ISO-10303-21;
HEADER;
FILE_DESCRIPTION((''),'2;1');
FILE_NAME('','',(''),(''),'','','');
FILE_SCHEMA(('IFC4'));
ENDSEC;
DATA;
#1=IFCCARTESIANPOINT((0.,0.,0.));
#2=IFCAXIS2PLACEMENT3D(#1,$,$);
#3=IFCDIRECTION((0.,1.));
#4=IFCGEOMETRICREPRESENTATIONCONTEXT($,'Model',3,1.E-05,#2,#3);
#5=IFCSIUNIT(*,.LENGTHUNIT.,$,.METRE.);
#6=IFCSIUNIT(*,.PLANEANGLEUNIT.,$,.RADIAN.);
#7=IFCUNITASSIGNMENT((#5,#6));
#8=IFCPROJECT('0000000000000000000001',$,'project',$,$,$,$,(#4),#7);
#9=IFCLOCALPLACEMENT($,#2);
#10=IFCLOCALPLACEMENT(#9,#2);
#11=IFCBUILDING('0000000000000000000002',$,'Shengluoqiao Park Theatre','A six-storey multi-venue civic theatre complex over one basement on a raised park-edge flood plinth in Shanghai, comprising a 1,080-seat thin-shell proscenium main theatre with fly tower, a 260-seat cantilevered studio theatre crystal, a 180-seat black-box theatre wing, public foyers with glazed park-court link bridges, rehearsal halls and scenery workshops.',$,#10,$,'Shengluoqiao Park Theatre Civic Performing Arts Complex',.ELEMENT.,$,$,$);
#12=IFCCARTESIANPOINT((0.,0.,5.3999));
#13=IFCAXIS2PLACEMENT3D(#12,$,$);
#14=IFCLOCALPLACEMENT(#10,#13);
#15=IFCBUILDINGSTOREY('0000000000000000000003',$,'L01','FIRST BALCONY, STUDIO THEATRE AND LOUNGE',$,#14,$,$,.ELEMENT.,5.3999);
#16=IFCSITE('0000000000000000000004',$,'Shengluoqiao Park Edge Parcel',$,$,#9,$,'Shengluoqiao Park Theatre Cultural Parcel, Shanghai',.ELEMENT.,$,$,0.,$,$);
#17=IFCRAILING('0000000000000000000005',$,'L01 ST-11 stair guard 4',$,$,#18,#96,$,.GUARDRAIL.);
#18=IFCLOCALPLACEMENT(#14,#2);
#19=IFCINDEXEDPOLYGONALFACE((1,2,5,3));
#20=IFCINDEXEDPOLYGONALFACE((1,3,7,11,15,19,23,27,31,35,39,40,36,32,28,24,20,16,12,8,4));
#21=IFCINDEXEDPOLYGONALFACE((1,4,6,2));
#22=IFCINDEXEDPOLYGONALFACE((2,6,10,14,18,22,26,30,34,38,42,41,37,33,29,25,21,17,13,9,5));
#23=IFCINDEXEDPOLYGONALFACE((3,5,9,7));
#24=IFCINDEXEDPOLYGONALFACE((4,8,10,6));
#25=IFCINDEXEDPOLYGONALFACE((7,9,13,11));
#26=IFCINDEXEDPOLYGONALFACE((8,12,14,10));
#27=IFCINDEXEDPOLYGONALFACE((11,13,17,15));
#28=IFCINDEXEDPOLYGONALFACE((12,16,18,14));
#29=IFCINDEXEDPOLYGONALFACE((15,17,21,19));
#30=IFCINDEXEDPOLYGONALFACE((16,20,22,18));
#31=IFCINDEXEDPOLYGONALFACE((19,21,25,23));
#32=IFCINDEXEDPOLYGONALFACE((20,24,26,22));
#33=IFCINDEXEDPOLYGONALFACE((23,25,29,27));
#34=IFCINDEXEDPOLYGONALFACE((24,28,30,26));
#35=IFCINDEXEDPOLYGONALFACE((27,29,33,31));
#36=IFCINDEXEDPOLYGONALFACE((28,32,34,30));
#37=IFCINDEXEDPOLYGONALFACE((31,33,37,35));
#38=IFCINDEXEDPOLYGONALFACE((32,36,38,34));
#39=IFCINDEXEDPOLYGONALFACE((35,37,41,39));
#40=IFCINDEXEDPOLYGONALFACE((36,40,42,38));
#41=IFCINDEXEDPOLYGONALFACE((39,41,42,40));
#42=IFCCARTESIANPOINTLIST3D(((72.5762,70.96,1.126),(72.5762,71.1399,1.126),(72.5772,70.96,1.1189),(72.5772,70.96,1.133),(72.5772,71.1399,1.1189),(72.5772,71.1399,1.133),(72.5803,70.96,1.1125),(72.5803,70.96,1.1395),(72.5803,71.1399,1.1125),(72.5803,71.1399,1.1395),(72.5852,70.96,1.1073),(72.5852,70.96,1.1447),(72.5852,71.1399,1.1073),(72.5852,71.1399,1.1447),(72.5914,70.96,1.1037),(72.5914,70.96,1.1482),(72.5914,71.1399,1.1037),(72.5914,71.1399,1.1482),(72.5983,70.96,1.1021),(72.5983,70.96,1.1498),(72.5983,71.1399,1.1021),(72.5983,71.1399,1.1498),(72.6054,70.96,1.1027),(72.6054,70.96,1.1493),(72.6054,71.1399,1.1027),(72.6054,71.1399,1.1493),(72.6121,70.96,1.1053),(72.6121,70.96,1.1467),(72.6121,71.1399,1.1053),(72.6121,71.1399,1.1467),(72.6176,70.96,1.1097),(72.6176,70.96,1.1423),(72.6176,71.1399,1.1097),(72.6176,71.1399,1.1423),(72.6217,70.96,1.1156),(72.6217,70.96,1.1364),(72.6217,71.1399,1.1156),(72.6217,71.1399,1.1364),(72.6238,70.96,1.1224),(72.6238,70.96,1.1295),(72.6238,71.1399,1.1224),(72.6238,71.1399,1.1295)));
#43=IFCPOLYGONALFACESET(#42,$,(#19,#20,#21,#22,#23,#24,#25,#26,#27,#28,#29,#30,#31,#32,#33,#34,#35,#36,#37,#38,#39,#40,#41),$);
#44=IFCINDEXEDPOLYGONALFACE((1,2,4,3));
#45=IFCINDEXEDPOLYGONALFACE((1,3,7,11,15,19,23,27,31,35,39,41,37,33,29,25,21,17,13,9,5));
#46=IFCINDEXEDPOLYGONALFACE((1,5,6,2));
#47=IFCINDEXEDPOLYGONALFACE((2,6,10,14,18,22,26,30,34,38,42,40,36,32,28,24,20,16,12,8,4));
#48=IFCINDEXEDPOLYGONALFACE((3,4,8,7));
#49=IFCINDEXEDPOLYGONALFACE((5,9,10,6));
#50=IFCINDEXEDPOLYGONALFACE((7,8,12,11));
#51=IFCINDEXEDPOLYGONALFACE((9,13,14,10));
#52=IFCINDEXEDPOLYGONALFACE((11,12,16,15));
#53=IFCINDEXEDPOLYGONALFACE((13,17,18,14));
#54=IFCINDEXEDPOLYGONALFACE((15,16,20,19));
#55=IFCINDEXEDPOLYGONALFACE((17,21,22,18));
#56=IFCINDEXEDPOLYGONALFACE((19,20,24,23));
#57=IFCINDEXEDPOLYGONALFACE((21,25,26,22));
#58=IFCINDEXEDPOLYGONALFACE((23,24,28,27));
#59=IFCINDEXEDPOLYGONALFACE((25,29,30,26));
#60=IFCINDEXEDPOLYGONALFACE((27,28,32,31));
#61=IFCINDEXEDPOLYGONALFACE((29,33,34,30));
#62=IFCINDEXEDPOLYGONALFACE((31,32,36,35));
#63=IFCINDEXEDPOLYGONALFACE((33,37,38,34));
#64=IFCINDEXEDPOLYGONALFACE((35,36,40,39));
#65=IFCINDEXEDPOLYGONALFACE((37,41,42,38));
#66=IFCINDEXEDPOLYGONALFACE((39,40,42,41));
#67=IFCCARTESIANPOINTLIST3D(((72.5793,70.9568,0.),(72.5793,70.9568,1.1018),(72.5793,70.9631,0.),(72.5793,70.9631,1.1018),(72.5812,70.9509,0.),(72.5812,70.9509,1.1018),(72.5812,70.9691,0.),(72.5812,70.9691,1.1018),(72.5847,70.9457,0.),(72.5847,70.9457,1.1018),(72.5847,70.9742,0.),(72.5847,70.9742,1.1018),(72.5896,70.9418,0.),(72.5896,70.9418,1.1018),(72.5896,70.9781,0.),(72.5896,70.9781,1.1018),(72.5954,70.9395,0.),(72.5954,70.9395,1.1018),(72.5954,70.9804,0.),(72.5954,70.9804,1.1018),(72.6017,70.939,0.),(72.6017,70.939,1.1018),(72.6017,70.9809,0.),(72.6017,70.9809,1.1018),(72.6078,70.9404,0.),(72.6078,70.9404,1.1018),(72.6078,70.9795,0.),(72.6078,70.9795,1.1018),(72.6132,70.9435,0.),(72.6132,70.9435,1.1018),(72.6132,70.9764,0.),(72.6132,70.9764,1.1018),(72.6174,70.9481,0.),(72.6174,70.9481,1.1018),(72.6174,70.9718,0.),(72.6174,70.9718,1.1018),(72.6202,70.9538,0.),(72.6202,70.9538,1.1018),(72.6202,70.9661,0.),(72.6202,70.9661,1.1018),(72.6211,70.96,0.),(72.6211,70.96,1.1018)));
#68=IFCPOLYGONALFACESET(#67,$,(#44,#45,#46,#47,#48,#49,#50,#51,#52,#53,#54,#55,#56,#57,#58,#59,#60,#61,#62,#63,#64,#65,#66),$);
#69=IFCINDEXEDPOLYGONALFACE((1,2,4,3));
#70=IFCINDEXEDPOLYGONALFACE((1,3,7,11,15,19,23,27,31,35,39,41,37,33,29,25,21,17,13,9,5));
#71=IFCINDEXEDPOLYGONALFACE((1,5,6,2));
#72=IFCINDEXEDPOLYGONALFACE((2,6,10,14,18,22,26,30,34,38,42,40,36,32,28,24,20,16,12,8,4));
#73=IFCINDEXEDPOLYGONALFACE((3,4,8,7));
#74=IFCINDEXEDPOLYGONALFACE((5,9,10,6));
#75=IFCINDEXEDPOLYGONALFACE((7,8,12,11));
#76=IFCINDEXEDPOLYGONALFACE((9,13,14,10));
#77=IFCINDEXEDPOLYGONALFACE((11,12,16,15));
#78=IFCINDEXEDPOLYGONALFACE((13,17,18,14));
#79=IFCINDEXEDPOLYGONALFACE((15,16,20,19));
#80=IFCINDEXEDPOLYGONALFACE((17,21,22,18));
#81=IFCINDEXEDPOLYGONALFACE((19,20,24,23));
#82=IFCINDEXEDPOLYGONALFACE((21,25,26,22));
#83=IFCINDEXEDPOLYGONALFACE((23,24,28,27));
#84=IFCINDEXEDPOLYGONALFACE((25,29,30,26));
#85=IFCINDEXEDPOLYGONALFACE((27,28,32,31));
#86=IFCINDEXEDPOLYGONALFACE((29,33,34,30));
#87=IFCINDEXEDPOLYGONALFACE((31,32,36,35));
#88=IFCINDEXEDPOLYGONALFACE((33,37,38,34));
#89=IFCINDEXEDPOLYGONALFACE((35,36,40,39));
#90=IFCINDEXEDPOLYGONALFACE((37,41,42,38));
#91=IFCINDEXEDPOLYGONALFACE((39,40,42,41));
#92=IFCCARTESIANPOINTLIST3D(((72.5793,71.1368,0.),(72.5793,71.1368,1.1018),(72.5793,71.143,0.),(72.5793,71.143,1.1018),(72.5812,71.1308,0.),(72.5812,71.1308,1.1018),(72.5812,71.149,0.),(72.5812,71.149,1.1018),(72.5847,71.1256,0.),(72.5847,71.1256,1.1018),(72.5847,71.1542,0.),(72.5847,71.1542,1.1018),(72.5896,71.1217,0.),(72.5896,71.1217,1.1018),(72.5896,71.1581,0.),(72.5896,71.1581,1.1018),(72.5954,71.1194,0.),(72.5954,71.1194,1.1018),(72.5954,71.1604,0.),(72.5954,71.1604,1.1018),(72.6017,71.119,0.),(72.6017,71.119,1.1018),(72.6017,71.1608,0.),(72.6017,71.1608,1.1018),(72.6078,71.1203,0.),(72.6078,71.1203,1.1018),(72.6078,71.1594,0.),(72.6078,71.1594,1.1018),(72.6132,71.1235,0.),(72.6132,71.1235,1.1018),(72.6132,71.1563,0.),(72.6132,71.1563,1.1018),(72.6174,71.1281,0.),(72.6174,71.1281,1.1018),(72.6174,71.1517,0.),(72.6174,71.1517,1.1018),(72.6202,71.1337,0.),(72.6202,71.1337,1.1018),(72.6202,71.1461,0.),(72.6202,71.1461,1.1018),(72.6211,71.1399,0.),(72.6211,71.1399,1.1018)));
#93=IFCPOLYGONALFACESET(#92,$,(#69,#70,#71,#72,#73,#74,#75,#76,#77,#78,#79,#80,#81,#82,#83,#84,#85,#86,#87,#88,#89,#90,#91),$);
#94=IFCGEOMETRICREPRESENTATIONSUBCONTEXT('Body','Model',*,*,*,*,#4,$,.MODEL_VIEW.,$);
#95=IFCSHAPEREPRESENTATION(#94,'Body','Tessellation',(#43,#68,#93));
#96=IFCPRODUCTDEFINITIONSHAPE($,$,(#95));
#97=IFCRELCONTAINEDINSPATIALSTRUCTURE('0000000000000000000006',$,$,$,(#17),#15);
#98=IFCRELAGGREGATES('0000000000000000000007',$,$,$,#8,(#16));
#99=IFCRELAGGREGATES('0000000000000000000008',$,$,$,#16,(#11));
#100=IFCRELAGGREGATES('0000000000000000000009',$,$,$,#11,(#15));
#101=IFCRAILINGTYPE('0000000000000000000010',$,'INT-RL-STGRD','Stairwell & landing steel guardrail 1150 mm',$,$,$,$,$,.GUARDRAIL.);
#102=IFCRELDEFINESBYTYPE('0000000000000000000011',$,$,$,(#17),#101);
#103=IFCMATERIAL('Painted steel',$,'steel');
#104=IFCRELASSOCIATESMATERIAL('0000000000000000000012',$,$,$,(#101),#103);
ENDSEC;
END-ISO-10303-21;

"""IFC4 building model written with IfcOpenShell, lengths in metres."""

from ifc_helpers import new_model, si_unit, direction, frame, origin, origin_2d, place, context, subcontext, project, spatial, circle, extrude, material, type_object, element, save


model = new_model("IFC4")

# Units and contexts
model_context = context("Model", 3, precision=1e-05, world=origin(), true_north=direction((0.0, 1.0)))
body_context = subcontext(model_context, "Body", "Model", "MODEL_VIEW")
ifc_project = project(units=[si_unit("LENGTHUNIT", "METRE"), si_unit("PLANEANGLEUNIT", "RADIAN")], contexts=[model_context])

# Site, building, storey
site_placement = place(None, origin())
site = spatial("IfcSite", under=ifc_project, at=site_placement, Name="Shengluoqiao Park Edge Parcel", LongName="Shengluoqiao Park Theatre Cultural Parcel, Shanghai", CompositionType="ELEMENT", RefElevation=0.0)
building_placement = place(site_placement, origin())
building = spatial("IfcBuilding", under=site, at=building_placement, Name="Shengluoqiao Park Theatre", Description="A six-storey multi-venue civic theatre complex over one basement on a raised park-edge flood plinth in Shanghai, comprising a 1,080-seat thin-shell proscenium main theatre with fly tower, a 260-seat cantilevered studio theatre crystal, a 180-seat black-box theatre wing, public foyers with glazed park-court link bridges, rehearsal halls and scenery workshops.", LongName="Shengluoqiao Park Theatre Civic Performing Arts Complex", CompositionType="ELEMENT")
storey_placement = place(building_placement, frame((0.0, 0.0, 5.3999)))
storey = spatial("IfcBuildingStorey", under=building, at=storey_placement, Name="L01", Description="FIRST BALCONY, STUDIO THEATRE AND LOUNGE", CompositionType="ELEMENT", Elevation=5.3999)

# Railing
ifc_material_1 = material(Name="Painted steel", Category="steel")
railing_type_1 = type_object("IfcRailingType", Name="INT-RL-STGRD", Description="Stairwell & landing steel guardrail 1150 mm", PredefinedType="GUARDRAIL", material=ifc_material_1)
railing_1_placement = place(storey_placement, frame((72.6001, 70.96, 0.0)))
element("IfcRailing", 1, at=railing_1_placement, inside=storey, type_object=railing_type_1, Name="L01 ST-11 stair guard 4", PredefinedType="GUARDRAIL", context=body_context, shape_type="SweptSolid", body=[
    extrude(circle(Radius=0.0239, at=origin_2d()), frame((0.0, 0.0, 1.126), z_axis=(0.0, 1.0, 0.0), x_axis=(-1.0, 0.0, 0.0)), (0.0, 0.0, 1.0), 0.1799),
    extrude(circle(Radius=0.021, at=origin_2d()), origin(), (0.0, 0.0, 1.0), 1.1018),
    extrude(circle(Radius=0.021, at=origin_2d()), frame((0.0, 0.1799, 0.0)), (0.0, 0.0, 1.0), 1.1018),
])

save(model, "model.ifc")
